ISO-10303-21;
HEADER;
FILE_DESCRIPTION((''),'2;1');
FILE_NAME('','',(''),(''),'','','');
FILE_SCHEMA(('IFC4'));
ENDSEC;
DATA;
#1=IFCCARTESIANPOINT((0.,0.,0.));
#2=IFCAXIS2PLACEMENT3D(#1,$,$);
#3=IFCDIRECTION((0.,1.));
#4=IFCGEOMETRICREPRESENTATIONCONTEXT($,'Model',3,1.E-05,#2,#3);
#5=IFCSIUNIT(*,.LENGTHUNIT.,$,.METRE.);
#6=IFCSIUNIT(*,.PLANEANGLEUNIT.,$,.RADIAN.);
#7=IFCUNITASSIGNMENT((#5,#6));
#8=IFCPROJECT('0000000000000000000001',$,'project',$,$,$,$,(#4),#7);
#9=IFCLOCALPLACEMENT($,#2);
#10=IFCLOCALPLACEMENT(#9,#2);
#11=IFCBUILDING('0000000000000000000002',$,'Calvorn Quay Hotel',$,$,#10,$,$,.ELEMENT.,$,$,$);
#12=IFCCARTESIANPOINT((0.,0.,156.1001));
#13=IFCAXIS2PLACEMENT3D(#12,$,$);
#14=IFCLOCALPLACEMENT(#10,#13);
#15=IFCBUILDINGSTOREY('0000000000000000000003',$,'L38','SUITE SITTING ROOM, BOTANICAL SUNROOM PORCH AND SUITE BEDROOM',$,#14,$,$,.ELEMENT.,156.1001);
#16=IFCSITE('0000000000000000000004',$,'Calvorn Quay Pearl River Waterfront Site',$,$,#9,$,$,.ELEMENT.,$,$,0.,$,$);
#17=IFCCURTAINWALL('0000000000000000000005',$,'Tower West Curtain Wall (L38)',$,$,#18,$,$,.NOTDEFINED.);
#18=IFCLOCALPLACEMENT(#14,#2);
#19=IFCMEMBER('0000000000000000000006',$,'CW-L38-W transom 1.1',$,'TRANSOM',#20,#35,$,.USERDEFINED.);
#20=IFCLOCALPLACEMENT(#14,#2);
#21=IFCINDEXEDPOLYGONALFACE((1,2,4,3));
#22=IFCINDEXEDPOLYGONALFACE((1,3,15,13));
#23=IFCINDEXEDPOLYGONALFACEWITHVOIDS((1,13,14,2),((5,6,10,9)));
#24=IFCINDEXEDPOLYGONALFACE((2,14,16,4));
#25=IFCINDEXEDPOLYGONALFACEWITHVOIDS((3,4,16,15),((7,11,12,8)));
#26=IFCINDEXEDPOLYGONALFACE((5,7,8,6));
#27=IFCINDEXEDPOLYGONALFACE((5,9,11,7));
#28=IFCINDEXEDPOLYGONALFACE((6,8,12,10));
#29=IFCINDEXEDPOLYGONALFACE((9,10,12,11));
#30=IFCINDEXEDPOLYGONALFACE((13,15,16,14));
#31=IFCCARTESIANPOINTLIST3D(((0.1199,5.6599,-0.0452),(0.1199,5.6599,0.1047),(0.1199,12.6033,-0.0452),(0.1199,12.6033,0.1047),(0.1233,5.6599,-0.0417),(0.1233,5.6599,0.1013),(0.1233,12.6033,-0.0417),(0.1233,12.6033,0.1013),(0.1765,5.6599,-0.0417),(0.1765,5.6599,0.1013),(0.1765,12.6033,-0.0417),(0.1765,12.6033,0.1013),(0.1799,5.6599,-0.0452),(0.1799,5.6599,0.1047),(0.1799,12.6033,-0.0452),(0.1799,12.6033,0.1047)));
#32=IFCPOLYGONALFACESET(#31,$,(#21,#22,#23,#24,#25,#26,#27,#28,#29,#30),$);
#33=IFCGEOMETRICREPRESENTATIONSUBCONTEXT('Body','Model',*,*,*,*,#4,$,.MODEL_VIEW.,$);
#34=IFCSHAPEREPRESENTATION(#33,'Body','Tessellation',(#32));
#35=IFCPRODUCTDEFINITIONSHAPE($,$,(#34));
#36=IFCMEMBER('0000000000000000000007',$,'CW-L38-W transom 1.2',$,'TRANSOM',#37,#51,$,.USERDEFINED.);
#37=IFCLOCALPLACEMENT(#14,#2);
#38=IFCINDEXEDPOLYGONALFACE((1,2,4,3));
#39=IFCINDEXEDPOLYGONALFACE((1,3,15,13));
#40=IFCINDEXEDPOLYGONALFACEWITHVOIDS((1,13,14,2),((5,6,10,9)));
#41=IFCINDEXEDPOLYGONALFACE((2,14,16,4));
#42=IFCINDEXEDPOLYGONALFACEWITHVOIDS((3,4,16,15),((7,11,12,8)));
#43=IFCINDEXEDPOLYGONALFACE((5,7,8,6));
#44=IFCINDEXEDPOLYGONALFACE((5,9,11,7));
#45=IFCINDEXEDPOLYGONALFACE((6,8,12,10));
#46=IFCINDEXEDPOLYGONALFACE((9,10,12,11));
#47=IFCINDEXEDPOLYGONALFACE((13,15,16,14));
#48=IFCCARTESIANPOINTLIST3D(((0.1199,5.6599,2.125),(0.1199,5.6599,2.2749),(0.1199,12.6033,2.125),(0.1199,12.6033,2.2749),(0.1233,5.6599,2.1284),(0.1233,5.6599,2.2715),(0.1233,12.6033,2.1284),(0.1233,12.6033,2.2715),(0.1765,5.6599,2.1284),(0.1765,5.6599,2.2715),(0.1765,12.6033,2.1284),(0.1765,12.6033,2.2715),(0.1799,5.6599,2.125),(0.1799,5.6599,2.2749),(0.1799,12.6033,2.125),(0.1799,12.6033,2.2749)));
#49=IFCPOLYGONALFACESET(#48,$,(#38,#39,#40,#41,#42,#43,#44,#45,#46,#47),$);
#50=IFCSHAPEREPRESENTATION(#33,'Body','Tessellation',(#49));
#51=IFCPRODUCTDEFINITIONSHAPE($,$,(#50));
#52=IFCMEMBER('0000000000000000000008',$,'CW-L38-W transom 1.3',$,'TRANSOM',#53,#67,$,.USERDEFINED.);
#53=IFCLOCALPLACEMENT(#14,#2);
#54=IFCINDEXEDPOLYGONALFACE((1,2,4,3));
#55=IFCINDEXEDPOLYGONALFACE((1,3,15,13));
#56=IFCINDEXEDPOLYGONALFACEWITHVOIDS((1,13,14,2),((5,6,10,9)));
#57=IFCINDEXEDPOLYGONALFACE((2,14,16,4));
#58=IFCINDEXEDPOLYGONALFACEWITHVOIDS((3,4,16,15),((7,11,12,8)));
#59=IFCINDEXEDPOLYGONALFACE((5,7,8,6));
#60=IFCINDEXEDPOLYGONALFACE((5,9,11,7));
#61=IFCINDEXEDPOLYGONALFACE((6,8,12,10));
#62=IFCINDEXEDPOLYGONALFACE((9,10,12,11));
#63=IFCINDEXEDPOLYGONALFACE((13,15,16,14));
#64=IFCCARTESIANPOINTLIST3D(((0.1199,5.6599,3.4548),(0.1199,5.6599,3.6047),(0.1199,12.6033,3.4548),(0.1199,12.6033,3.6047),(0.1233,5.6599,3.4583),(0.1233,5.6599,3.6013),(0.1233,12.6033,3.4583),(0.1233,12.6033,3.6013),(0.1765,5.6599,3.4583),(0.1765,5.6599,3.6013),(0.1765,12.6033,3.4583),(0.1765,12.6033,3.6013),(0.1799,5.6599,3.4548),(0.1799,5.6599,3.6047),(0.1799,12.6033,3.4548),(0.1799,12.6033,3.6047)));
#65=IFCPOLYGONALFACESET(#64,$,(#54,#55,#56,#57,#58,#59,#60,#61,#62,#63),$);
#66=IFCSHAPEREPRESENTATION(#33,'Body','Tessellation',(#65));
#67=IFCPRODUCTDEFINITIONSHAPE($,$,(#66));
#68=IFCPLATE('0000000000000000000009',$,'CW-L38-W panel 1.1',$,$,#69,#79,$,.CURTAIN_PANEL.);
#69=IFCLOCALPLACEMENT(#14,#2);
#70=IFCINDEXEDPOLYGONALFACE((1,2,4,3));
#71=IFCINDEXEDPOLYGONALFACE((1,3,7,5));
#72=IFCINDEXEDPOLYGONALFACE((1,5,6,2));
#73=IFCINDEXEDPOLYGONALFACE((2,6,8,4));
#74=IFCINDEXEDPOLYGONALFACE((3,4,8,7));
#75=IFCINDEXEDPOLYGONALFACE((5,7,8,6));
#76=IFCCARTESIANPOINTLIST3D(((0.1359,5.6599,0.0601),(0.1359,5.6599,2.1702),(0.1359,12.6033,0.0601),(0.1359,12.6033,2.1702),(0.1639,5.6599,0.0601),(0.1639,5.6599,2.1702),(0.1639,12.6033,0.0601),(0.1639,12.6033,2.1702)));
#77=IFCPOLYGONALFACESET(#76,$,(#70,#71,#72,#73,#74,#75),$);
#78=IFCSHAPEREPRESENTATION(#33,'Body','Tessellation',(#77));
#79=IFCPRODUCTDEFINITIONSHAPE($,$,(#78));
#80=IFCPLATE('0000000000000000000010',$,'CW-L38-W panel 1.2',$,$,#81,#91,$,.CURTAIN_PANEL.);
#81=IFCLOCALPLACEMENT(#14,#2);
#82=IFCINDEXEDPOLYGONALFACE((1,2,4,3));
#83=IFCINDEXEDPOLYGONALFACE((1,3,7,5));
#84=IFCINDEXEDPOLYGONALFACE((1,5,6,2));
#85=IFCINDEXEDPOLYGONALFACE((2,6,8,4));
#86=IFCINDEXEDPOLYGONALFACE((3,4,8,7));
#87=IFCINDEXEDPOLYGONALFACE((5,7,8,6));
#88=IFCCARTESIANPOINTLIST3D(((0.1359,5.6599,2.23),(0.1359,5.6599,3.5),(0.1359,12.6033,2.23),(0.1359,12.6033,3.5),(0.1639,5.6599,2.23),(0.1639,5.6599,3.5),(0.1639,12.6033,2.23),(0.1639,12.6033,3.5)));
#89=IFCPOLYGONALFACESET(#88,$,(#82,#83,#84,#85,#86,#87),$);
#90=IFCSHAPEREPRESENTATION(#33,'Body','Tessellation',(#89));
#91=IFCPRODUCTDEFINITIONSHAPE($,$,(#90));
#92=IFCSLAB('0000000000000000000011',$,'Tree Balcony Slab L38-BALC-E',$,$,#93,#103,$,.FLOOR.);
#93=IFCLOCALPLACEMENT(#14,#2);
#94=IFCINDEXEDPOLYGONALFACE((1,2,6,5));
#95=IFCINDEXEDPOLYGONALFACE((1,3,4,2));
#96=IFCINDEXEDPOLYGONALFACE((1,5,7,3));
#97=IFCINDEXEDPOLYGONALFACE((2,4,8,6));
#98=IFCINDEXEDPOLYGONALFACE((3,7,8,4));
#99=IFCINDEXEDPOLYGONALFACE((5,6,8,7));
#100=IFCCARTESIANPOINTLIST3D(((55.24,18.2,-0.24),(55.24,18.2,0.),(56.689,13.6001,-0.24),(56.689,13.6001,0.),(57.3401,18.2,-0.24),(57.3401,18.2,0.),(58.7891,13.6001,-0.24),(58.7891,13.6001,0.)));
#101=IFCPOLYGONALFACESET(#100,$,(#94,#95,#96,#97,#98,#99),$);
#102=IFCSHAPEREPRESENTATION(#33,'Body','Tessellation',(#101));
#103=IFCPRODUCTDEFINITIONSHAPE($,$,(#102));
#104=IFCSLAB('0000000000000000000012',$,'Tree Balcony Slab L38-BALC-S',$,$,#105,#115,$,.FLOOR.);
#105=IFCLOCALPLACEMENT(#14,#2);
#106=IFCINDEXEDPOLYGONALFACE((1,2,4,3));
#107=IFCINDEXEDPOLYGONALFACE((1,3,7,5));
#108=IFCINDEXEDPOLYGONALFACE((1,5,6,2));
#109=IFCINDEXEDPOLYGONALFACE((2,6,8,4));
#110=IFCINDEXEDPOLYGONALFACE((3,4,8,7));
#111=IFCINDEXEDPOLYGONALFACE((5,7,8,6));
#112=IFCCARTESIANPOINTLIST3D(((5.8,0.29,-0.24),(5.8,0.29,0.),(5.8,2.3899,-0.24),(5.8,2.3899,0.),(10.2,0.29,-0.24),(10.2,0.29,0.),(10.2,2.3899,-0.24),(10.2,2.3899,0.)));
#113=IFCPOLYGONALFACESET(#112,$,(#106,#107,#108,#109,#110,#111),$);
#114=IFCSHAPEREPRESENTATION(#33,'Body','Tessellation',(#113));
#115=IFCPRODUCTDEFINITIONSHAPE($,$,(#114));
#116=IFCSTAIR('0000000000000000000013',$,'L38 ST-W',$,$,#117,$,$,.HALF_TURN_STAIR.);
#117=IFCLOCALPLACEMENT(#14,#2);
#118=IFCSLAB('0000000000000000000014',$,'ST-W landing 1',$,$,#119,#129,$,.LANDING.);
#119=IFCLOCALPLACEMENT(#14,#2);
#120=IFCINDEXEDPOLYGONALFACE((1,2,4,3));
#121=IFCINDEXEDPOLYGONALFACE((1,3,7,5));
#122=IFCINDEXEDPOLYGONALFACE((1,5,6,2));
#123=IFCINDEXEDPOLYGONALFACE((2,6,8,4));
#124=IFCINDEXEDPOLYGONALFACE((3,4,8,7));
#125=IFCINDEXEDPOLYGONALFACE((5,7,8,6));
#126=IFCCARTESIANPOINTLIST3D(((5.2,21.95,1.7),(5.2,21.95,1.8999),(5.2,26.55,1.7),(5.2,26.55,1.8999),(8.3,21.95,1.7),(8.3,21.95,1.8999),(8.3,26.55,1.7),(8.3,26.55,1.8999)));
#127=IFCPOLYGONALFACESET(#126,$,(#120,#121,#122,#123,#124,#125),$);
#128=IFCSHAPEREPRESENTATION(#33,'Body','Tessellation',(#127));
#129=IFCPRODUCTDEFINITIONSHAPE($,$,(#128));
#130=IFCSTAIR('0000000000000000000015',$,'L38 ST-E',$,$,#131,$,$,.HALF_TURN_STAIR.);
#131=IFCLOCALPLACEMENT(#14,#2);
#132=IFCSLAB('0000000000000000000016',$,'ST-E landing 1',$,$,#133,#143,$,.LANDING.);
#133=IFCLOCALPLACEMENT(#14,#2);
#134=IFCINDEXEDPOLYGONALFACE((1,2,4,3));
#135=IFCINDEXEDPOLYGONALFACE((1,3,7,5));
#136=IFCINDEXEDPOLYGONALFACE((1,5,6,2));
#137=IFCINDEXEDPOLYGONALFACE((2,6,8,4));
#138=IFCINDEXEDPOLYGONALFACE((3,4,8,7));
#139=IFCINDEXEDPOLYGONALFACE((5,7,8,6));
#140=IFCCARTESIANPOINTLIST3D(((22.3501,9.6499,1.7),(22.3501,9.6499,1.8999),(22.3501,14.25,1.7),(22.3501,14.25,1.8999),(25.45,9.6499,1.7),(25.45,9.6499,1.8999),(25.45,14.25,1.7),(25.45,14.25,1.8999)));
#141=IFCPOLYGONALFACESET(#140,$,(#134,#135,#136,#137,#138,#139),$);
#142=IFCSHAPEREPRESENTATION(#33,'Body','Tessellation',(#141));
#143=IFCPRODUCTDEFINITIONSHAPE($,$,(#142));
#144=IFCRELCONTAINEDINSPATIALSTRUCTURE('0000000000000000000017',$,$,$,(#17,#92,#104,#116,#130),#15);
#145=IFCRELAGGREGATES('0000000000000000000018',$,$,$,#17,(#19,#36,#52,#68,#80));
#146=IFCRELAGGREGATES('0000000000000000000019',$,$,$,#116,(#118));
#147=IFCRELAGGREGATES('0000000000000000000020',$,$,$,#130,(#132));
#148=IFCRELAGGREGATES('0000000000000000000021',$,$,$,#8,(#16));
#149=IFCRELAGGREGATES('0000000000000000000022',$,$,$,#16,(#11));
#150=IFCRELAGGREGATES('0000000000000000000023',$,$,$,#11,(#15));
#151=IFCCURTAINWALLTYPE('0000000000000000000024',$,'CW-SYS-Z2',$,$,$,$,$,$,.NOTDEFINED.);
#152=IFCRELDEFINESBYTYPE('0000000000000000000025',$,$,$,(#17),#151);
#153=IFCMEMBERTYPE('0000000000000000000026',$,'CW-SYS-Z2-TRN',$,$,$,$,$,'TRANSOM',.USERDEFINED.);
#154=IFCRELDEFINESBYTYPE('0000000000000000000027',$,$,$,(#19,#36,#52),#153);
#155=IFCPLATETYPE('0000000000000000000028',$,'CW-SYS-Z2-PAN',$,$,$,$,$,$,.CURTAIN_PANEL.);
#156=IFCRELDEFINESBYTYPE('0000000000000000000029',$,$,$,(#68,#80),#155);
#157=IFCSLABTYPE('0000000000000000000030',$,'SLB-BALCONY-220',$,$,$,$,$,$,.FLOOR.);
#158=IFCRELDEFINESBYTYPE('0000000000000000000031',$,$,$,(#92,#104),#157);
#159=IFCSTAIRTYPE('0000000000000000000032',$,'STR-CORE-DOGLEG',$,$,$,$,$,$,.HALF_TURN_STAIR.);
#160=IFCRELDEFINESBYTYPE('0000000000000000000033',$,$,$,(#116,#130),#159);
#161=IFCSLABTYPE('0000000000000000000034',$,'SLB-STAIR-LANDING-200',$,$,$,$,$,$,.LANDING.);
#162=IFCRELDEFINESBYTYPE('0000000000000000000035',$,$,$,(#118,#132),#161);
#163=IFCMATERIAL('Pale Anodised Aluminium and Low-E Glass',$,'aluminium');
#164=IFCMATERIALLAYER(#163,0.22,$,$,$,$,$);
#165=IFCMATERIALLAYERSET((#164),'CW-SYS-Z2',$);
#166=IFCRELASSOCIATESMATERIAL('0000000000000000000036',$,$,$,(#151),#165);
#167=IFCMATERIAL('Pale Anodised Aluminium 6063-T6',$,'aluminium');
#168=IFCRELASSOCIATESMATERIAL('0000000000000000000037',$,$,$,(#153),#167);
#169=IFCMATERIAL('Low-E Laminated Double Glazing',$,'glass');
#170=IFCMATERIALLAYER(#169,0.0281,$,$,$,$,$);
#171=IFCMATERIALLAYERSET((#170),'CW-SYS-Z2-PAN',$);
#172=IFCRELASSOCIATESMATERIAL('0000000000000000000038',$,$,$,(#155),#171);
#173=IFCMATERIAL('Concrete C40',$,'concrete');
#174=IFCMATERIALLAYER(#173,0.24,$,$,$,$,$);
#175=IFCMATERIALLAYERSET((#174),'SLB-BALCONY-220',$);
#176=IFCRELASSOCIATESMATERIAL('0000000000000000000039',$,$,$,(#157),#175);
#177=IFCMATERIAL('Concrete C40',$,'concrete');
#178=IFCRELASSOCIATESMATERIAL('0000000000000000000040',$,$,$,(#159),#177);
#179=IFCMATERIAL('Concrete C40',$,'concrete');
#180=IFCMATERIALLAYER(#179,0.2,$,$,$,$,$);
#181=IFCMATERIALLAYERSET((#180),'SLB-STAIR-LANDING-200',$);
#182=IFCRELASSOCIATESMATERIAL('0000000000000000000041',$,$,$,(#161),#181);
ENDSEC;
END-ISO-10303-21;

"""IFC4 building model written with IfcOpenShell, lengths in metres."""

from ifc_helpers import new_model, si_unit, direction, frame, origin, origin_2d, place, context, subcontext, project, spatial, polyline, rectangle, hollow_rectangle, outline, extrude, material, layer, layer_set, material_profile, profile_set, type_object, element, aggregate, save


model = new_model("IFC4")

# Units and contexts
model_context = context("Model", 3, precision=1e-05, world=origin(), true_north=direction((0.0, 1.0)))
body_context = subcontext(model_context, "Body", "Model", "MODEL_VIEW")
ifc_project = project(units=[si_unit("LENGTHUNIT", "METRE"), si_unit("PLANEANGLEUNIT", "RADIAN")], contexts=[model_context])

# Site, building, storey
site_placement = place(None, origin())
site = spatial("IfcSite", under=ifc_project, at=site_placement, Name="Calvorn Quay Pearl River Waterfront Site", CompositionType="ELEMENT", RefElevation=0.0)
building_placement = place(site_placement, origin())
building = spatial("IfcBuilding", under=site, at=building_placement, Name="Calvorn Quay Hotel", CompositionType="ELEMENT")
storey_placement = place(building_placement, frame((0.0, 0.0, 156.1001)))
storey = spatial("IfcBuildingStorey", under=building, at=storey_placement, Name="L38", Description="SUITE SITTING ROOM, BOTANICAL SUNROOM PORCH AND SUITE BEDROOM", CompositionType="ELEMENT", Elevation=156.1001)

# Curtain wall, members, plates
ifc_material_1 = material(Name="Pale Anodised Aluminium and Low-E Glass", Category="aluminium")
ifc_layer_1 = layer(ifc_material_1, 0.22)
ifc_layer_set_1 = layer_set([ifc_layer_1], Name="CW-SYS-Z2")
curtain_wall_type = type_object("IfcCurtainWallType", Name="CW-SYS-Z2", PredefinedType="NOTDEFINED", material=ifc_layer_set_1)
curtain_wall_placement = place(storey_placement, origin())
curtain_wall = element("IfcCurtainWall", 1, at=curtain_wall_placement, inside=storey, type_object=curtain_wall_type, Name="Tower West Curtain Wall (L38)", PredefinedType="NOTDEFINED")
ifc_material_2 = material(Name="Pale Anodised Aluminium 6063-T6", Category="aluminium")
ifc_material_profile_1 = material_profile(ifc_material_2, hollow_rectangle(XDim=0.0601, YDim=0.1499, WallThickness=0.0034, at=origin_2d()), Name="ALU-T150x60x3.5")
ifc_profile_set_1 = profile_set([ifc_material_profile_1], Name="Pale Anodised Aluminium 6063-T6")
member_type_1 = type_object("IfcMemberType", Name="CW-SYS-Z2-TRN", ElementType="TRANSOM", PredefinedType="USERDEFINED", material=ifc_profile_set_1)
member_1_placement = place(storey_placement, frame((0.1499, 5.6599, 0.0298), z_axis=(0.0, 1.0, 0.0), x_axis=(-1.0, 0.0, 0.0)))
member_1 = element("IfcMember", 2, at=member_1_placement, type_object=member_type_1, Name="CW-L38-W transom 1.1", ObjectType="TRANSOM", PredefinedType="USERDEFINED", context=body_context, shape_type="SweptSolid", body=[
    extrude(hollow_rectangle(XDim=0.0601, YDim=0.1499, WallThickness=0.0034, at=origin_2d()), origin(), (0.0, 0.0, 1.0), 6.9434),
])
member_2_placement = place(storey_placement, frame((0.1499, 5.6599, 2.2), z_axis=(0.0, 1.0, 0.0), x_axis=(-1.0, 0.0, 0.0)))
member_2 = element("IfcMember", 3, at=member_2_placement, type_object=member_type_1, Name="CW-L38-W transom 1.2", ObjectType="TRANSOM", PredefinedType="USERDEFINED", context=body_context, shape_type="SweptSolid", body=[
    extrude(hollow_rectangle(XDim=0.0601, YDim=0.1499, WallThickness=0.0034, at=origin_2d()), origin(), (0.0, 0.0, 1.0), 6.9434),
])
member_3_placement = place(storey_placement, frame((0.1499, 5.6599, 3.5298), z_axis=(0.0, 1.0, 0.0), x_axis=(-1.0, 0.0, 0.0)))
member_3 = element("IfcMember", 4, at=member_3_placement, type_object=member_type_1, Name="CW-L38-W transom 1.3", ObjectType="TRANSOM", PredefinedType="USERDEFINED", context=body_context, shape_type="SweptSolid", body=[
    extrude(hollow_rectangle(XDim=0.0601, YDim=0.1499, WallThickness=0.0034, at=origin_2d()), origin(), (0.0, 0.0, 1.0), 6.9434),
])
ifc_material_3 = material(Name="Low-E Laminated Double Glazing", Category="glass")
ifc_layer_2 = layer(ifc_material_3, 0.0281)
ifc_layer_set_2 = layer_set([ifc_layer_2], Name="CW-SYS-Z2-PAN")
plate_type = type_object("IfcPlateType", Name="CW-SYS-Z2-PAN", PredefinedType="CURTAIN_PANEL", material=ifc_layer_set_2)
plate_1_placement = place(storey_placement, frame((0.1499, 9.1316, 0.0601), z_axis=(0.0, 0.0, 1.0), x_axis=(0.0, 1.0, 0.0)))
plate_1 = element("IfcPlate", 5, at=plate_1_placement, type_object=plate_type, Name="CW-L38-W panel 1.1", PredefinedType="CURTAIN_PANEL", context=body_context, shape_type="SweptSolid", body=[
    extrude(rectangle(XDim=6.9434, YDim=0.0281, at=origin_2d()), origin(), (0.0, 0.0, 1.0), 2.1101),
])
plate_2_placement = place(storey_placement, frame((0.1499, 9.1316, 2.23), z_axis=(0.0, 0.0, 1.0), x_axis=(0.0, 1.0, 0.0)))
plate_2 = element("IfcPlate", 6, at=plate_2_placement, type_object=plate_type, Name="CW-L38-W panel 1.2", PredefinedType="CURTAIN_PANEL", context=body_context, shape_type="SweptSolid", body=[
    extrude(rectangle(XDim=6.9434, YDim=0.0281, at=origin_2d()), origin(), (0.0, 0.0, 1.0), 1.27),
])
aggregate(curtain_wall, [member_1, member_2, member_3, plate_1, plate_2])

# Slabs
ifc_material_4 = material(Name="Concrete C40", Category="concrete")
ifc_layer_3 = layer(ifc_material_4, 0.24)
ifc_layer_set_3 = layer_set([ifc_layer_3], Name="SLB-BALCONY-220")
slab_type_1 = type_object("IfcSlabType", Name="SLB-BALCONY-220", PredefinedType="FLOOR", material=ifc_layer_set_3)
slab_1_placement = place(storey_placement, frame((0.0, 0.0, -0.24)))
element("IfcSlab", 7, at=slab_1_placement, inside=storey, type_object=slab_type_1, Name="Tree Balcony Slab L38-BALC-E", PredefinedType="FLOOR", context=body_context, shape_type="SweptSolid", body=[
    extrude(outline(polyline([(56.689, 13.6001), (58.7891, 13.6001), (57.3401, 18.2), (55.24, 18.2), (56.689, 13.6001)])), origin(), (0.0, 0.0, 1.0), 0.24),
])
slab_2_placement = place(storey_placement, frame((0.0, 0.0, -0.24)))
element("IfcSlab", 8, at=slab_2_placement, inside=storey, type_object=slab_type_1, Name="Tree Balcony Slab L38-BALC-S", PredefinedType="FLOOR", context=body_context, shape_type="SweptSolid", body=[
    extrude(outline(polyline([(5.8, 0.29), (10.2, 0.29), (10.2, 2.3899), (5.8, 2.3899), (5.8, 0.29)])), origin(), (0.0, 0.0, 1.0), 0.24),
])

# Stairs, slabs
ifc_material_5 = material(Name="Concrete C40", Category="concrete")
stair_type = type_object("IfcStairType", Name="STR-CORE-DOGLEG", PredefinedType="HALF_TURN_STAIR", material=ifc_material_5)
stair_1_placement = place(storey_placement, origin())
stair_1 = element("IfcStair", 9, at=stair_1_placement, inside=storey, type_object=stair_type, Name="L38 ST-W", PredefinedType="HALF_TURN_STAIR")
ifc_material_6 = material(Name="Concrete C40", Category="concrete")
ifc_layer_4 = layer(ifc_material_6, 0.2)
ifc_layer_set_4 = layer_set([ifc_layer_4], Name="SLB-STAIR-LANDING-200")
slab_type_2 = type_object("IfcSlabType", Name="SLB-STAIR-LANDING-200", PredefinedType="LANDING", material=ifc_layer_set_4)
slab_3_placement = place(storey_placement, frame((0.0, 0.0, 1.7)))
slab_3 = element("IfcSlab", 10, at=slab_3_placement, type_object=slab_type_2, Name="ST-W landing 1", PredefinedType="LANDING", context=body_context, shape_type="SweptSolid", body=[
    extrude(outline(polyline([(8.3, 21.95), (8.3, 26.55), (5.2, 26.55), (5.2, 21.95), (8.3, 21.95)])), origin(), (0.0, 0.0, 1.0), 0.2),
])
aggregate(stair_1, [slab_3])
stair_2_placement = place(storey_placement, origin())
stair_2 = element("IfcStair", 11, at=stair_2_placement, inside=storey, type_object=stair_type, Name="L38 ST-E", PredefinedType="HALF_TURN_STAIR")
slab_4_placement = place(storey_placement, frame((0.0, 0.0, 1.7)))
slab_4 = element("IfcSlab", 12, at=slab_4_placement, type_object=slab_type_2, Name="ST-E landing 1", PredefinedType="LANDING", context=body_context, shape_type="SweptSolid", body=[
    extrude(outline(polyline([(25.45, 9.6499), (25.45, 14.25), (22.3501, 14.25), (22.3501, 9.6499), (25.45, 9.6499)])), origin(), (0.0, 0.0, 1.0), 0.2),
])
aggregate(stair_2, [slab_4])

save(model, "model.ifc")
